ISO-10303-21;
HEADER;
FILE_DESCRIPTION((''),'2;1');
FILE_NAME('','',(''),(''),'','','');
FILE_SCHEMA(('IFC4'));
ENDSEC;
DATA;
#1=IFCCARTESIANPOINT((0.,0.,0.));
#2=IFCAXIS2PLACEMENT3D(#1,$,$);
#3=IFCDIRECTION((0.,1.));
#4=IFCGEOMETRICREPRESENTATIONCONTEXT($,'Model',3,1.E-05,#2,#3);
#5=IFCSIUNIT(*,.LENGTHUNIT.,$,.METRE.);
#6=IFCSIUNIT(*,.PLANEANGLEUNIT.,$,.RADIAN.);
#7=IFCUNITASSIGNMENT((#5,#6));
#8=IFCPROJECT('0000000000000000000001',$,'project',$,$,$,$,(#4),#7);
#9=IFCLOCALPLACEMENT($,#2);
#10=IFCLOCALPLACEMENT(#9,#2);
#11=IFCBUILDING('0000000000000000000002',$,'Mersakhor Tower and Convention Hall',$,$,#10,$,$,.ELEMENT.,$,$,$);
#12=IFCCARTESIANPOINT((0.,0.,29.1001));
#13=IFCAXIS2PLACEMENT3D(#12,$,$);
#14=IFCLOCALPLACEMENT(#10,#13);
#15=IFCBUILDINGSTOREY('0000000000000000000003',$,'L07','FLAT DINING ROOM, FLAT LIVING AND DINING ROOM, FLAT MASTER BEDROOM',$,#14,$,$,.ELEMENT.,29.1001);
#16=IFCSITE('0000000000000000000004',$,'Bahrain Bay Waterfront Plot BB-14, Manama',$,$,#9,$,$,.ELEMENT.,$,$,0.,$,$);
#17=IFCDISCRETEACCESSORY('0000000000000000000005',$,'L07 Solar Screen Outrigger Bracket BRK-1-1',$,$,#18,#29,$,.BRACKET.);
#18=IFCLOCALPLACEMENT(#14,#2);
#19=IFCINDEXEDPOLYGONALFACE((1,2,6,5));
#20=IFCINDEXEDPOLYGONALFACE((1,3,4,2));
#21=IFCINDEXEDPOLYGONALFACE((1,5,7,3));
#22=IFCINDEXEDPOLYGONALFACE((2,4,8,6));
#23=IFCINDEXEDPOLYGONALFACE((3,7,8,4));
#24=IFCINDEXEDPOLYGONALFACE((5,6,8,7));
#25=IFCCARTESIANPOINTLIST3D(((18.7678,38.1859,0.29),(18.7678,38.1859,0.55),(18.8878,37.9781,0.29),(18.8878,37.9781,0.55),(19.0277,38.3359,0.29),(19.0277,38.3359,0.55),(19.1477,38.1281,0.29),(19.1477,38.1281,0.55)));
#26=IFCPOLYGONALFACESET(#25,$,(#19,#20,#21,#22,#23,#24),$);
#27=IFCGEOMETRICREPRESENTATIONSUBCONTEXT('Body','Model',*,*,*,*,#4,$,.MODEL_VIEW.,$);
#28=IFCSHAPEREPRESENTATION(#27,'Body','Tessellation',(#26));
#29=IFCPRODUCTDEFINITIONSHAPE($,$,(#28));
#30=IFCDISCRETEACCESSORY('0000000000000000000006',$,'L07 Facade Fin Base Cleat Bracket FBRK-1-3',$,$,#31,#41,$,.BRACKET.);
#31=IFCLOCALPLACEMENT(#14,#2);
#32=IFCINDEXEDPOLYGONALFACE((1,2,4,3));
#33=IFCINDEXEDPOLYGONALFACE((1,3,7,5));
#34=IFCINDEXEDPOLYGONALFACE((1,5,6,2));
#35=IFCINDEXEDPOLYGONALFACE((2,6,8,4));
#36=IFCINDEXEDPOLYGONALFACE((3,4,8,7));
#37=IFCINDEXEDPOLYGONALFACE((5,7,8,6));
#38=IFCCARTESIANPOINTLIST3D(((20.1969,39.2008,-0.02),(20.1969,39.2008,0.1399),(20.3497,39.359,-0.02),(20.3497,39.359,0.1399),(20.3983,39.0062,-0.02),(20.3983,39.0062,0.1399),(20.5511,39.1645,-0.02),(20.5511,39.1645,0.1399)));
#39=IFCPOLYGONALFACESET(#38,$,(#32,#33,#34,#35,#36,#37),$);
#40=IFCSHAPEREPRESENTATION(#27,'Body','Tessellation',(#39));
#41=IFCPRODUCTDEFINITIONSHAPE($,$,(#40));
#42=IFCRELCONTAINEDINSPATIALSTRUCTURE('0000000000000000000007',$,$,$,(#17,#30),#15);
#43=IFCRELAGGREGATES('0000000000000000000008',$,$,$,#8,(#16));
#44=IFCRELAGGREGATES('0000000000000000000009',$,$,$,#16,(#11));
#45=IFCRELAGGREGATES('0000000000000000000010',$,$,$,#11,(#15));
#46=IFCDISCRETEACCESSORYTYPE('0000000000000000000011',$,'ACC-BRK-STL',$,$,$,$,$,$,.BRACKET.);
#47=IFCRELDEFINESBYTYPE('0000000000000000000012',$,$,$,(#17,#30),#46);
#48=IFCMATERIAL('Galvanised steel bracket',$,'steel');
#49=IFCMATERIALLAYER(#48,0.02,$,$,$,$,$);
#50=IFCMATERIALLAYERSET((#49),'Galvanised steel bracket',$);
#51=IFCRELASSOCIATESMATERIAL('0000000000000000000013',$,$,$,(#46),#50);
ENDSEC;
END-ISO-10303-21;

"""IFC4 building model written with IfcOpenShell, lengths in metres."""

from ifc_helpers import new_model, si_unit, direction, frame, origin, origin_2d, place, context, subcontext, project, spatial, rectangle, extrude, material, layer, layer_set, type_object, element, save


model = new_model("IFC4")

# Units and contexts
model_context = context("Model", 3, precision=1e-05, world=origin(), true_north=direction((0.0, 1.0)))
body_context = subcontext(model_context, "Body", "Model", "MODEL_VIEW")
ifc_project = project(units=[si_unit("LENGTHUNIT", "METRE"), si_unit("PLANEANGLEUNIT", "RADIAN")], contexts=[model_context])

# Site, building, storey
site_placement = place(None, origin())
site = spatial("IfcSite", under=ifc_project, at=site_placement, Name="Bahrain Bay Waterfront Plot BB-14, Manama", CompositionType="ELEMENT", RefElevation=0.0)
building_placement = place(site_placement, origin())
building = spatial("IfcBuilding", under=site, at=building_placement, Name="Mersakhor Tower and Convention Hall", CompositionType="ELEMENT")
storey_placement = place(building_placement, frame((0.0, 0.0, 29.1001)))
storey = spatial("IfcBuildingStorey", under=building, at=storey_placement, Name="L07", Description="FLAT DINING ROOM, FLAT LIVING AND DINING ROOM, FLAT MASTER BEDROOM", CompositionType="ELEMENT", Elevation=29.1001)

# Discrete accessories
ifc_material_1 = material(Name="Galvanised steel bracket", Category="steel")
ifc_layer_1 = layer(ifc_material_1, 0.02)
ifc_layer_set_1 = layer_set([ifc_layer_1], Name="Galvanised steel bracket")
discrete_accessory_type = type_object("IfcDiscreteAccessoryType", Name="ACC-BRK-STL", PredefinedType="BRACKET", material=ifc_layer_set_1)
discrete_accessory_1_placement = place(storey_placement, frame((18.9578, 38.157, 0.29), z_axis=(0.0, 0.0, 1.0), x_axis=(0.866025, 0.5, 0.0)))
element("IfcDiscreteAccessory", 1, at=discrete_accessory_1_placement, inside=storey, type_object=discrete_accessory_type, Name="L07 Solar Screen Outrigger Bracket BRK-1-1", PredefinedType="BRACKET", context=body_context, shape_type="SweptSolid", body=[
    extrude(rectangle(XDim=0.3, YDim=0.24, at=origin_2d()), origin(), (0.0, 0.0, 1.0), 0.26),
])
discrete_accessory_2_placement = place(storey_placement, frame((20.374, 39.1826, -0.02), z_axis=(0.0, 0.0, 1.0), x_axis=(-0.71934, 0.694658, 0.0)))
element("IfcDiscreteAccessory", 2, at=discrete_accessory_2_placement, inside=storey, type_object=discrete_accessory_type, Name="L07 Facade Fin Base Cleat Bracket FBRK-1-3", PredefinedType="BRACKET", context=body_context, shape_type="SweptSolid", body=[
    extrude(rectangle(XDim=0.28, YDim=0.22, at=origin_2d()), origin(), (0.0, 0.0, 1.0), 0.1599),
])

save(model, "model.ifc")
